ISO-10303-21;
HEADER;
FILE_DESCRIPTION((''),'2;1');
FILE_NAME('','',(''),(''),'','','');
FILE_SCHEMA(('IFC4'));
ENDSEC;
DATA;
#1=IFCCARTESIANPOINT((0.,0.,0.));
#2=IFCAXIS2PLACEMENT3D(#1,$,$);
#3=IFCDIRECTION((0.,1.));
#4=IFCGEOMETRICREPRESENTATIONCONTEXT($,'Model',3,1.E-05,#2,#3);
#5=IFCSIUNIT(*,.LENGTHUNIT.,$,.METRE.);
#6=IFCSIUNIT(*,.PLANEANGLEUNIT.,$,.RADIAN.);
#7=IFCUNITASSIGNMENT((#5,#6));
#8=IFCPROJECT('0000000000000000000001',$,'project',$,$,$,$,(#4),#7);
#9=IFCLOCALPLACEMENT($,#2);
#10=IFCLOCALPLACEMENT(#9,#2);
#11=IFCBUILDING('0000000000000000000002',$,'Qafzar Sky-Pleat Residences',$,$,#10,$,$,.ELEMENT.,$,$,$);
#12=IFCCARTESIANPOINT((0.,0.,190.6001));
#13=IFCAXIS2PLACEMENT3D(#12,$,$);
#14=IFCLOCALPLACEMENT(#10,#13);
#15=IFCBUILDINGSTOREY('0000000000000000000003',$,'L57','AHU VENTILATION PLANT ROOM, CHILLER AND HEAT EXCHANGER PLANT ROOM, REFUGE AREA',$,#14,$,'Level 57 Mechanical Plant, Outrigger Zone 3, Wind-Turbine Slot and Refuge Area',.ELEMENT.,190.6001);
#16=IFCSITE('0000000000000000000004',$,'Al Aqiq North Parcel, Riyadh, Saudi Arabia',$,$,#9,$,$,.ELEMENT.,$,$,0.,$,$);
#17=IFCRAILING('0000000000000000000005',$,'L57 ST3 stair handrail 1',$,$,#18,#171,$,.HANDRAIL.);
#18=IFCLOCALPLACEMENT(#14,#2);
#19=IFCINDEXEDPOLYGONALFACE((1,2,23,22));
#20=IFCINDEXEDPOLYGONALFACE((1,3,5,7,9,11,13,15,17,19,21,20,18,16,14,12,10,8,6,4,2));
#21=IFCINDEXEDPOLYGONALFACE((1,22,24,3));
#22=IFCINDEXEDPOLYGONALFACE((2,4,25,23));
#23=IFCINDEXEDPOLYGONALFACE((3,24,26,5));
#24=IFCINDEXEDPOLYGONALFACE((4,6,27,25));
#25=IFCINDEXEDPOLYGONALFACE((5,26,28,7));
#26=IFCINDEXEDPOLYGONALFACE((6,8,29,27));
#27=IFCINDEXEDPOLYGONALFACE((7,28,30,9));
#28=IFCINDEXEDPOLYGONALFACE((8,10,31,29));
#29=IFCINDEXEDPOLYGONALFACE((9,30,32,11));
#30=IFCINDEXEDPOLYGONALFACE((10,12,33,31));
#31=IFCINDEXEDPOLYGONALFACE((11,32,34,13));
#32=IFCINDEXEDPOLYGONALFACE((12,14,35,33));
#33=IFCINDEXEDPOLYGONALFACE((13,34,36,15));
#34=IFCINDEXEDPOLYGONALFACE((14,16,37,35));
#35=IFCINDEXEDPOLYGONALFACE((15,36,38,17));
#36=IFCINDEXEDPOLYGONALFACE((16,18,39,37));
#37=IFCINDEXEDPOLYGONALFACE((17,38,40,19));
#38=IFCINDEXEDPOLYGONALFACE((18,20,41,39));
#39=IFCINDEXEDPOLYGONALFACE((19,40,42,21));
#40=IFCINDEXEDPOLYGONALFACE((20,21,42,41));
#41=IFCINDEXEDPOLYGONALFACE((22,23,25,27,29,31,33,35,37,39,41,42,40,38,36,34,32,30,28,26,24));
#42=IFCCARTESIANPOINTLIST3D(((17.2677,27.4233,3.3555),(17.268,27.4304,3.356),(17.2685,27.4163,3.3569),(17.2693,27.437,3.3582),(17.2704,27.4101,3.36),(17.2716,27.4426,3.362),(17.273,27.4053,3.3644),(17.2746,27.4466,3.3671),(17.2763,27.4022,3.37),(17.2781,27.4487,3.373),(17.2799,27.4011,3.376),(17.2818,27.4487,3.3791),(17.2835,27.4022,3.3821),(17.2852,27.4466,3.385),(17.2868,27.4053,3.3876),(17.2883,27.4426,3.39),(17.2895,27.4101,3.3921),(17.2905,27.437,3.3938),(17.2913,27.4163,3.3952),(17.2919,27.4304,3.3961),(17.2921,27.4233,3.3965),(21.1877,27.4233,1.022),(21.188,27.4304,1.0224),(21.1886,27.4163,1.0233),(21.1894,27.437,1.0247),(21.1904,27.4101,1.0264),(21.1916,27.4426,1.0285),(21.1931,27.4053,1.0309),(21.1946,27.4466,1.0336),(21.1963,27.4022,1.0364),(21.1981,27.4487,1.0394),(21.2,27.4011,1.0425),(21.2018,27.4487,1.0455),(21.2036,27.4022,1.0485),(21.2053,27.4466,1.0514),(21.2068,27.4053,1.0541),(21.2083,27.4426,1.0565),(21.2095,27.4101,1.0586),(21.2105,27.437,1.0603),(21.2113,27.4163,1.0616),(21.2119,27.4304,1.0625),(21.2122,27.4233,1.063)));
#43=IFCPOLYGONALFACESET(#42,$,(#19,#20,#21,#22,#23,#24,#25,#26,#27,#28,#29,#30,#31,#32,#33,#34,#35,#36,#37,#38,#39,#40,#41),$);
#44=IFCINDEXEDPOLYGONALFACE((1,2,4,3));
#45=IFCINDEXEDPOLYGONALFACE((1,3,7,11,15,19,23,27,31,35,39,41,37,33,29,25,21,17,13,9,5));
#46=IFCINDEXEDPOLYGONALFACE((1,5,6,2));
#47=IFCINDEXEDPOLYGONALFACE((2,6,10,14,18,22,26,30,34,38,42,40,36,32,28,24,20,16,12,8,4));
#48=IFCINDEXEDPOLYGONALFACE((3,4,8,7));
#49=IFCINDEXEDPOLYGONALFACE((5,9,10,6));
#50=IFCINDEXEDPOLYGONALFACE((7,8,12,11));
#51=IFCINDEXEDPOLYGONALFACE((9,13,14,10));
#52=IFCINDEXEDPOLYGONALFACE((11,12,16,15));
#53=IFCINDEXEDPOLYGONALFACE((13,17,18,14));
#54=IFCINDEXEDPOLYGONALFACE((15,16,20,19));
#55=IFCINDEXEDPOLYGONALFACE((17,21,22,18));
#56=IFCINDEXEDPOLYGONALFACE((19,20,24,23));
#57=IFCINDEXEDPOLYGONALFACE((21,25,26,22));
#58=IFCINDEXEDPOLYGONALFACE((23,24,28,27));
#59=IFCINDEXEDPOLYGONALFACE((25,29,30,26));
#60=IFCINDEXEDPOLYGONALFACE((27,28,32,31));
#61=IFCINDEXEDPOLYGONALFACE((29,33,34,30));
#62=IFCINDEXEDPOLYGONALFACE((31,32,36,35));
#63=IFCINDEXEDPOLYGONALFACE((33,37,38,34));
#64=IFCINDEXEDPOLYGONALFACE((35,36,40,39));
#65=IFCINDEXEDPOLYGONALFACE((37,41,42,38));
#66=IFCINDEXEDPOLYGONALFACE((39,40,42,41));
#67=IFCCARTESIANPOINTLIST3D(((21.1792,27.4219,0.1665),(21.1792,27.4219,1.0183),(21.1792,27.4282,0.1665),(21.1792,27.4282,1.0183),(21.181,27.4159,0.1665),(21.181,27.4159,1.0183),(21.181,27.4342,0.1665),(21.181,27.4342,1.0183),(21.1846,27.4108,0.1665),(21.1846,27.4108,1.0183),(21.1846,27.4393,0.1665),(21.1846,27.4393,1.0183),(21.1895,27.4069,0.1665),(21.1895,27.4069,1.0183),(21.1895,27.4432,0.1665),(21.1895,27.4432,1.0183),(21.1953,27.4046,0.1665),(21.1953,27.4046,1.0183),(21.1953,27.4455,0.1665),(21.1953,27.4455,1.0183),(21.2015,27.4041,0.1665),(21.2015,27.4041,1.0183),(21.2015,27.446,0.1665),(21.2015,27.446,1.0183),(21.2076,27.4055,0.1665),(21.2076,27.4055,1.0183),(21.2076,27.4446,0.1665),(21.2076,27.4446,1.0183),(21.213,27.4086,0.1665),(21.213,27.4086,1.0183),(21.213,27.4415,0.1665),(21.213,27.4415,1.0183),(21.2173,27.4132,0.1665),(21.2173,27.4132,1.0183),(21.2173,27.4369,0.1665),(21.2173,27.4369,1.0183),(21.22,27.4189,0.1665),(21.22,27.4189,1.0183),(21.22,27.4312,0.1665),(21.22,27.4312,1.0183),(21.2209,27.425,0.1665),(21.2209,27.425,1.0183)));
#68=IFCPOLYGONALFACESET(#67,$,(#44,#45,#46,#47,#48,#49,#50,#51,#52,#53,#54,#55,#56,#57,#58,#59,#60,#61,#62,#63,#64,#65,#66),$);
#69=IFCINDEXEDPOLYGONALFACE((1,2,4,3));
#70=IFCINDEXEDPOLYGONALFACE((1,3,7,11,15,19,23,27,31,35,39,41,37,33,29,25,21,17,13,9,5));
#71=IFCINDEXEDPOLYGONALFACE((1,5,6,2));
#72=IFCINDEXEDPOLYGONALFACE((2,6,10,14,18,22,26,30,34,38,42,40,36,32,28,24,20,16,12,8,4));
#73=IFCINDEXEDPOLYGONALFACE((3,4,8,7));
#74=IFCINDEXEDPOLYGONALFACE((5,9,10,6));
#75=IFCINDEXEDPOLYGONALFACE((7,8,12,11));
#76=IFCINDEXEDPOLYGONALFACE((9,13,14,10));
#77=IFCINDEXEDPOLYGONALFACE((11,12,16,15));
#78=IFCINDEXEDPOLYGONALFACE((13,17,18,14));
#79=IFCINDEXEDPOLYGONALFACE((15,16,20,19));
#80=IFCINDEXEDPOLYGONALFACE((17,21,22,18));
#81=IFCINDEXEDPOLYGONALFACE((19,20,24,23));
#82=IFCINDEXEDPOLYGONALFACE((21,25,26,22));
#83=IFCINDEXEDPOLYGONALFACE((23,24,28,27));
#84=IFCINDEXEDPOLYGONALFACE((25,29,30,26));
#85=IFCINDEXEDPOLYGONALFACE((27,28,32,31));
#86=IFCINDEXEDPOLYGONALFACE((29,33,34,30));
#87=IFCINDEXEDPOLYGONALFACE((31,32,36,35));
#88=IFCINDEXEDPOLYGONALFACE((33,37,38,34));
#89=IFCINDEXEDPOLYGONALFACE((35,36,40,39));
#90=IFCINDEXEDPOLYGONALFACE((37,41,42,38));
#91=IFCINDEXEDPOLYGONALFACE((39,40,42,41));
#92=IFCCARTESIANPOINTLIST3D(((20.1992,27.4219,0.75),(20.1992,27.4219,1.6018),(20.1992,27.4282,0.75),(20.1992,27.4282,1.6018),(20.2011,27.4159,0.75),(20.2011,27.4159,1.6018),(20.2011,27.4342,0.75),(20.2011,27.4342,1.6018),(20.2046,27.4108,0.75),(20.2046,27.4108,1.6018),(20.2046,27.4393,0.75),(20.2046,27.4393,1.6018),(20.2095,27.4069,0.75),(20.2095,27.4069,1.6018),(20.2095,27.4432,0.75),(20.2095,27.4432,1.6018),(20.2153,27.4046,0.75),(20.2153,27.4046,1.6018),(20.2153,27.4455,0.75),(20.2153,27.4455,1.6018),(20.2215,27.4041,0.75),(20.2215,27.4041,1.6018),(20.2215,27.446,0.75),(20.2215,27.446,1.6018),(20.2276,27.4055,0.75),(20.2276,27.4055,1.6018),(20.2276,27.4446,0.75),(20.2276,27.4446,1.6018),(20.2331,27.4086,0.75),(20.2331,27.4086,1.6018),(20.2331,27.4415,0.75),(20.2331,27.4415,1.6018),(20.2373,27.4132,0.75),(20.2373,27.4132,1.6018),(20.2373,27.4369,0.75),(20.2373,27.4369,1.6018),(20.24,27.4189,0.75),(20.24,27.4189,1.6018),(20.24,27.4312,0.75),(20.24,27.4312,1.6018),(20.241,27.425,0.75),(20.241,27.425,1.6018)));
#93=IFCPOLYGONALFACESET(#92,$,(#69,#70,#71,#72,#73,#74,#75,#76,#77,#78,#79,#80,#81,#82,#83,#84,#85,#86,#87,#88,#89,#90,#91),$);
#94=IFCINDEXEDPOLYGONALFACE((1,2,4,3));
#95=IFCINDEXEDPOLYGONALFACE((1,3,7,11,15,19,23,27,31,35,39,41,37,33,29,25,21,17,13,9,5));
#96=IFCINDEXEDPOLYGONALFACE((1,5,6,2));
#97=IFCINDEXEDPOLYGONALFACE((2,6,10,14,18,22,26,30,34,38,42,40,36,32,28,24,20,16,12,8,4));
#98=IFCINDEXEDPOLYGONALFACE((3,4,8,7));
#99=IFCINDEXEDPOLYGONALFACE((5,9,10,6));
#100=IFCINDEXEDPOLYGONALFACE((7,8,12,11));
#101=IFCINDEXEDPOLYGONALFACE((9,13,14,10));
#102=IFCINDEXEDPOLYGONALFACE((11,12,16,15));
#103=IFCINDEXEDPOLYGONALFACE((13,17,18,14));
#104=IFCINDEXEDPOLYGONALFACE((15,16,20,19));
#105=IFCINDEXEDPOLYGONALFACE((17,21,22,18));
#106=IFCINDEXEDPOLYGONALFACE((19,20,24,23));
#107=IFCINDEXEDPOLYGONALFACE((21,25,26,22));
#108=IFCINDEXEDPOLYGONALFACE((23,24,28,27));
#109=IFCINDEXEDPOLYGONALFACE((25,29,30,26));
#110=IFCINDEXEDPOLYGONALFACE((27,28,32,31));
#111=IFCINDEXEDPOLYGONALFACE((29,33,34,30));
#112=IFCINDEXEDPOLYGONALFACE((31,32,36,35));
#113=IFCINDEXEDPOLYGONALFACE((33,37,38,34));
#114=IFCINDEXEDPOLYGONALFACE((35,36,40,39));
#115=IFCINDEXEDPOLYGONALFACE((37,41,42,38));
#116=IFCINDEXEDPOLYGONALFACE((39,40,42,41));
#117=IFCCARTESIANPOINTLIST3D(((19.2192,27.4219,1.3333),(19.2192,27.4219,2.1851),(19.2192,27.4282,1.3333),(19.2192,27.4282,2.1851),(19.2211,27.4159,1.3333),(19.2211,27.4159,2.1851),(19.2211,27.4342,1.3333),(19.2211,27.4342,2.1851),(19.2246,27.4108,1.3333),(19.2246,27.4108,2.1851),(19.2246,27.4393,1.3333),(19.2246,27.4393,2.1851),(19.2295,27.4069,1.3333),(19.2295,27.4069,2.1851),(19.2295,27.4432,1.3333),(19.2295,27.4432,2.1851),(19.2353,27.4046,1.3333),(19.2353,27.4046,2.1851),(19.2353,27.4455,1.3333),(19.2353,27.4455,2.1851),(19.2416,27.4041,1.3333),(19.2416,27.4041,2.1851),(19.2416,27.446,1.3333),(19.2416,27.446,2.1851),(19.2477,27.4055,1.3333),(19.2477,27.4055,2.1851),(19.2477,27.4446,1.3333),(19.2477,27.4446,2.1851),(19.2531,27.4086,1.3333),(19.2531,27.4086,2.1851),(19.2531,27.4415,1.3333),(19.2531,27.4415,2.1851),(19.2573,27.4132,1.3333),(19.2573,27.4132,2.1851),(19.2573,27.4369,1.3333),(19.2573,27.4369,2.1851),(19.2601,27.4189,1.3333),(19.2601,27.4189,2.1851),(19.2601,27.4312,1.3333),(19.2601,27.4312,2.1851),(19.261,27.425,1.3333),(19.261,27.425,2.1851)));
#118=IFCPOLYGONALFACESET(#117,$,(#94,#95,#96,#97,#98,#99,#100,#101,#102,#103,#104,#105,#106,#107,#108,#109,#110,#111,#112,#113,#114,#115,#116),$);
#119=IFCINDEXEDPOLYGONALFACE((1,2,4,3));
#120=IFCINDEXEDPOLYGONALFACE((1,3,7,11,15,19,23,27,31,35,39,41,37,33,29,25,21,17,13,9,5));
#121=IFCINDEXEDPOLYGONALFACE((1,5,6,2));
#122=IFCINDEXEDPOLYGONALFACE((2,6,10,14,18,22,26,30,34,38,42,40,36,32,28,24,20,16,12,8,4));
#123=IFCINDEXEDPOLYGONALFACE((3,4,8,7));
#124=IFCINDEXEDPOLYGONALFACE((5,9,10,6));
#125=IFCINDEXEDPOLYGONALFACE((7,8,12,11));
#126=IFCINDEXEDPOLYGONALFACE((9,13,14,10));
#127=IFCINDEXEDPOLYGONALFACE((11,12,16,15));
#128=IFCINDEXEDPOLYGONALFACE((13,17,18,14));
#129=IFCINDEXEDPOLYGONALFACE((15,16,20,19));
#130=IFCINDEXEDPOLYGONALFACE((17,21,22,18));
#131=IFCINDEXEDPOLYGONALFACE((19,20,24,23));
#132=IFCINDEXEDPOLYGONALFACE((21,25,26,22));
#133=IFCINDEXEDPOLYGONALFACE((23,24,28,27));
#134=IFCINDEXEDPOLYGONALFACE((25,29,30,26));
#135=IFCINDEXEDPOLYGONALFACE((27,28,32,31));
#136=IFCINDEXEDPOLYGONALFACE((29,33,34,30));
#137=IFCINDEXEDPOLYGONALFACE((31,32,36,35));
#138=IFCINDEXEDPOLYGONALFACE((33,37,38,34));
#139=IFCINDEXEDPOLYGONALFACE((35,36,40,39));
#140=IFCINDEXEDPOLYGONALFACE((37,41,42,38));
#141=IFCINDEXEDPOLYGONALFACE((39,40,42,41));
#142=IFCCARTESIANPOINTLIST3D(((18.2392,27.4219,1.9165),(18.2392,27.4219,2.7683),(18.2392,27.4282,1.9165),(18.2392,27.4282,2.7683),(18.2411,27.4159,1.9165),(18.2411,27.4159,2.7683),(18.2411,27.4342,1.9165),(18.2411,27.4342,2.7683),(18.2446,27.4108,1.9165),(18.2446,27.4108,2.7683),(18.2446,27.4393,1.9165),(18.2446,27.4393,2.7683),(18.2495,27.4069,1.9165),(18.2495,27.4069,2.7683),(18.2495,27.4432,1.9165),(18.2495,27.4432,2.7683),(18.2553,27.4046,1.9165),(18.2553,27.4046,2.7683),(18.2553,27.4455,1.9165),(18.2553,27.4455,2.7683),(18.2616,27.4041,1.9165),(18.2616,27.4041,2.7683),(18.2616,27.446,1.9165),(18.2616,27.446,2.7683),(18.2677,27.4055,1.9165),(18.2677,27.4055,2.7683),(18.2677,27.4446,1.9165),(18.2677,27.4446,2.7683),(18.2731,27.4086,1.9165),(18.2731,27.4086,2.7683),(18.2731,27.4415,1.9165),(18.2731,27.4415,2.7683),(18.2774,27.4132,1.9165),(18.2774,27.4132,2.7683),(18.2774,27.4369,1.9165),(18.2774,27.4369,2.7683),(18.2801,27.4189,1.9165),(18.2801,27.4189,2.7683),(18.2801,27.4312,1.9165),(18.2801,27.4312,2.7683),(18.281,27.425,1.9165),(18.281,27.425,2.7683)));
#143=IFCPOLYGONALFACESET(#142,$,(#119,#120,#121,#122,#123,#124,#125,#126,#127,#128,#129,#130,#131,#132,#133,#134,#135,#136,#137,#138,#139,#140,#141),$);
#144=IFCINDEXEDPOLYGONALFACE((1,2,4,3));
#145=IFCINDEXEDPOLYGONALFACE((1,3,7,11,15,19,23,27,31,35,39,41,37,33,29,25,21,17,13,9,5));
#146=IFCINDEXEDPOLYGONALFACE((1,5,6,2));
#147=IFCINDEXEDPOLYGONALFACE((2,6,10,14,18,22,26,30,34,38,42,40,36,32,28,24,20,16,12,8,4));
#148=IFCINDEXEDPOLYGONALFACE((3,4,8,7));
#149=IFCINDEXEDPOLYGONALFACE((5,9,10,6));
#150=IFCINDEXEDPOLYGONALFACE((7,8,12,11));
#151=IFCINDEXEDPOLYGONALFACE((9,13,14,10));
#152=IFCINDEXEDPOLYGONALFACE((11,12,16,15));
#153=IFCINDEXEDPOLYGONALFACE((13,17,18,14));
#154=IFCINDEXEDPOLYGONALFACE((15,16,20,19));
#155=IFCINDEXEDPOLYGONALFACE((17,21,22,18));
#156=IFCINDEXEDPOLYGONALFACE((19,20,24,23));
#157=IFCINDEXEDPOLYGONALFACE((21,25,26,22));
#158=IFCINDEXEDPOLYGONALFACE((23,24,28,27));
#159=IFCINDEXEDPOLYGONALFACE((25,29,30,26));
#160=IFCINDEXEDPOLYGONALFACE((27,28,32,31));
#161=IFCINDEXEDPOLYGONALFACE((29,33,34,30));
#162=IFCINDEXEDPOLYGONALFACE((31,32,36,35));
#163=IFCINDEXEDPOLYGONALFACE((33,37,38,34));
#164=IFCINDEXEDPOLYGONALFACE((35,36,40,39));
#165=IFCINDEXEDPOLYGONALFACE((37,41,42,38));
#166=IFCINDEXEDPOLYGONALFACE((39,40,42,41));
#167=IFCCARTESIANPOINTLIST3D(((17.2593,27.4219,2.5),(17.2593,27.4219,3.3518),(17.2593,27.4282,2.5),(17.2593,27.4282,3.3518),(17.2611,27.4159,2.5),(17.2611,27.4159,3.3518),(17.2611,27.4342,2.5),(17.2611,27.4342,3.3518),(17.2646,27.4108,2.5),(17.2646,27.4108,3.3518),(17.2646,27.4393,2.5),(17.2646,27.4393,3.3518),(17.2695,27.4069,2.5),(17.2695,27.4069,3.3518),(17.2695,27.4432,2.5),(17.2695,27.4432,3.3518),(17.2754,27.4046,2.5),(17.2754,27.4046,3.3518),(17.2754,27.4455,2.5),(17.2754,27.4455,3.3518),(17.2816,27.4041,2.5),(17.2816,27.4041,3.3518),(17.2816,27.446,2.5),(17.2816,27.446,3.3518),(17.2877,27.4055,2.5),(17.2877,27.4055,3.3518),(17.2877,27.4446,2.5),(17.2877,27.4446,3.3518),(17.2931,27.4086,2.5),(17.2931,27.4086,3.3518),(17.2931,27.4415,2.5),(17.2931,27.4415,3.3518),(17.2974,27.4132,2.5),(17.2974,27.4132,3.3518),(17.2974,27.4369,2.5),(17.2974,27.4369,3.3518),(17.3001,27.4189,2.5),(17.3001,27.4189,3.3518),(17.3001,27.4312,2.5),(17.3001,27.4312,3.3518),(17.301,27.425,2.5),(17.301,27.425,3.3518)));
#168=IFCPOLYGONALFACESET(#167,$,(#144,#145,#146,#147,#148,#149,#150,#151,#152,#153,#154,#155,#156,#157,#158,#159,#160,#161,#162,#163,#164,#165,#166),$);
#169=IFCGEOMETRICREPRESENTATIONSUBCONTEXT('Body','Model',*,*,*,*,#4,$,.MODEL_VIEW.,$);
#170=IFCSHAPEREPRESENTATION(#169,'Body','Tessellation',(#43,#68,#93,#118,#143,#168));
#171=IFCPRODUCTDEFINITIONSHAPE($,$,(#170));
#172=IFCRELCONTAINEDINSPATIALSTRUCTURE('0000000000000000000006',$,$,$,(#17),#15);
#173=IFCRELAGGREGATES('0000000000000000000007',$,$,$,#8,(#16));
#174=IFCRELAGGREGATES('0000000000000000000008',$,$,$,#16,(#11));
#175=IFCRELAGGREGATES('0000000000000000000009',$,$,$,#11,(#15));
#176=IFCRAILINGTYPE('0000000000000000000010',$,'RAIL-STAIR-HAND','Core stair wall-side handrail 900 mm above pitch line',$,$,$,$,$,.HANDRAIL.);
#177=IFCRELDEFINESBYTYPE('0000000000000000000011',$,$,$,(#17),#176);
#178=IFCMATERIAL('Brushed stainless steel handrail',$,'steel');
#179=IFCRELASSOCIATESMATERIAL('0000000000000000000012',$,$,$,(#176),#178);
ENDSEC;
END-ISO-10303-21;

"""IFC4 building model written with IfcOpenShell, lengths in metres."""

from ifc_helpers import new_model, si_unit, direction, frame, origin, origin_2d, place, context, subcontext, project, spatial, circle, extrude, source, transform, mapped, material, type_object, element, save


model = new_model("IFC4")

# Units and contexts
model_context = context("Model", 3, precision=1e-05, world=origin(), true_north=direction((0.0, 1.0)))
body_context = subcontext(model_context, "Body", "Model", "MODEL_VIEW")
ifc_project = project(units=[si_unit("LENGTHUNIT", "METRE"), si_unit("PLANEANGLEUNIT", "RADIAN")], contexts=[model_context])

# Site, building, storey
site_placement = place(None, origin())
site = spatial("IfcSite", under=ifc_project, at=site_placement, Name="Al Aqiq North Parcel, Riyadh, Saudi Arabia", CompositionType="ELEMENT", RefElevation=0.0)
building_placement = place(site_placement, origin())
building = spatial("IfcBuilding", under=site, at=building_placement, Name="Qafzar Sky-Pleat Residences", CompositionType="ELEMENT")
storey_placement = place(building_placement, frame((0.0, 0.0, 190.6001)))
storey = spatial("IfcBuildingStorey", under=building, at=storey_placement, Name="L57", Description="AHU VENTILATION PLANT ROOM, CHILLER AND HEAT EXCHANGER PLANT ROOM, REFUGE AREA", LongName="Level 57 Mechanical Plant, Outrigger Zone 3, Wind-Turbine Slot and Refuge Area", CompositionType="ELEMENT", Elevation=190.6001)

# Railing
ifc_material_1 = material(Name="Brushed stainless steel handrail", Category="steel")
railing_type_1 = type_object("IfcRailingType", Name="RAIL-STAIR-HAND", Description="Core stair wall-side handrail 900 mm above pitch line", PredefinedType="HANDRAIL", material=ifc_material_1)
shared_shape_1 = source(origin(), body_context, "Body", "SweptSolid", [
    extrude(circle(Radius=0.0239, at=origin_2d()), frame((0.0, 0.0, 0.876), z_axis=(-0.859273, 0.0, 0.511518), x_axis=(0.0, -1.0, 0.0)), (0.0, 0.0, 1.0), 4.562),
    extrude(circle(Radius=0.021, at=origin_2d()), origin(), (0.0, 0.0, 1.0), 0.8518),
    extrude(circle(Radius=0.021, at=origin_2d()), frame((-0.98, 0.0, 0.5835)), (0.0, 0.0, 1.0), 0.8518),
    extrude(circle(Radius=0.021, at=origin_2d()), frame((-1.96, 0.0, 1.1667)), (0.0, 0.0, 1.0), 0.8518),
    extrude(circle(Radius=0.021, at=origin_2d()), frame((-2.9399, 0.0, 1.75)), (0.0, 0.0, 1.0), 0.8518),
    extrude(circle(Radius=0.021, at=origin_2d()), frame((-3.9199, 0.0, 2.3335)), (0.0, 0.0, 1.0), 0.8518),
])
railing_1_placement = place(storey_placement, frame((21.2, 27.425, 0.1665)))
element("IfcRailing", 1, at=railing_1_placement, inside=storey, type_object=railing_type_1, Name="L57 ST3 stair handrail 1", PredefinedType="HANDRAIL", context=body_context, shape_type="MappedRepresentation", body=[
    mapped(shared_shape_1, transform((0.0, 0.0, 0.0), x_axis=(1.0, 0.0, 0.0), y_axis=(0.0, 1.0, 0.0), z_axis=(0.0, 0.0, 1.0), scale=1.0)),
])

save(model, "model.ifc")
